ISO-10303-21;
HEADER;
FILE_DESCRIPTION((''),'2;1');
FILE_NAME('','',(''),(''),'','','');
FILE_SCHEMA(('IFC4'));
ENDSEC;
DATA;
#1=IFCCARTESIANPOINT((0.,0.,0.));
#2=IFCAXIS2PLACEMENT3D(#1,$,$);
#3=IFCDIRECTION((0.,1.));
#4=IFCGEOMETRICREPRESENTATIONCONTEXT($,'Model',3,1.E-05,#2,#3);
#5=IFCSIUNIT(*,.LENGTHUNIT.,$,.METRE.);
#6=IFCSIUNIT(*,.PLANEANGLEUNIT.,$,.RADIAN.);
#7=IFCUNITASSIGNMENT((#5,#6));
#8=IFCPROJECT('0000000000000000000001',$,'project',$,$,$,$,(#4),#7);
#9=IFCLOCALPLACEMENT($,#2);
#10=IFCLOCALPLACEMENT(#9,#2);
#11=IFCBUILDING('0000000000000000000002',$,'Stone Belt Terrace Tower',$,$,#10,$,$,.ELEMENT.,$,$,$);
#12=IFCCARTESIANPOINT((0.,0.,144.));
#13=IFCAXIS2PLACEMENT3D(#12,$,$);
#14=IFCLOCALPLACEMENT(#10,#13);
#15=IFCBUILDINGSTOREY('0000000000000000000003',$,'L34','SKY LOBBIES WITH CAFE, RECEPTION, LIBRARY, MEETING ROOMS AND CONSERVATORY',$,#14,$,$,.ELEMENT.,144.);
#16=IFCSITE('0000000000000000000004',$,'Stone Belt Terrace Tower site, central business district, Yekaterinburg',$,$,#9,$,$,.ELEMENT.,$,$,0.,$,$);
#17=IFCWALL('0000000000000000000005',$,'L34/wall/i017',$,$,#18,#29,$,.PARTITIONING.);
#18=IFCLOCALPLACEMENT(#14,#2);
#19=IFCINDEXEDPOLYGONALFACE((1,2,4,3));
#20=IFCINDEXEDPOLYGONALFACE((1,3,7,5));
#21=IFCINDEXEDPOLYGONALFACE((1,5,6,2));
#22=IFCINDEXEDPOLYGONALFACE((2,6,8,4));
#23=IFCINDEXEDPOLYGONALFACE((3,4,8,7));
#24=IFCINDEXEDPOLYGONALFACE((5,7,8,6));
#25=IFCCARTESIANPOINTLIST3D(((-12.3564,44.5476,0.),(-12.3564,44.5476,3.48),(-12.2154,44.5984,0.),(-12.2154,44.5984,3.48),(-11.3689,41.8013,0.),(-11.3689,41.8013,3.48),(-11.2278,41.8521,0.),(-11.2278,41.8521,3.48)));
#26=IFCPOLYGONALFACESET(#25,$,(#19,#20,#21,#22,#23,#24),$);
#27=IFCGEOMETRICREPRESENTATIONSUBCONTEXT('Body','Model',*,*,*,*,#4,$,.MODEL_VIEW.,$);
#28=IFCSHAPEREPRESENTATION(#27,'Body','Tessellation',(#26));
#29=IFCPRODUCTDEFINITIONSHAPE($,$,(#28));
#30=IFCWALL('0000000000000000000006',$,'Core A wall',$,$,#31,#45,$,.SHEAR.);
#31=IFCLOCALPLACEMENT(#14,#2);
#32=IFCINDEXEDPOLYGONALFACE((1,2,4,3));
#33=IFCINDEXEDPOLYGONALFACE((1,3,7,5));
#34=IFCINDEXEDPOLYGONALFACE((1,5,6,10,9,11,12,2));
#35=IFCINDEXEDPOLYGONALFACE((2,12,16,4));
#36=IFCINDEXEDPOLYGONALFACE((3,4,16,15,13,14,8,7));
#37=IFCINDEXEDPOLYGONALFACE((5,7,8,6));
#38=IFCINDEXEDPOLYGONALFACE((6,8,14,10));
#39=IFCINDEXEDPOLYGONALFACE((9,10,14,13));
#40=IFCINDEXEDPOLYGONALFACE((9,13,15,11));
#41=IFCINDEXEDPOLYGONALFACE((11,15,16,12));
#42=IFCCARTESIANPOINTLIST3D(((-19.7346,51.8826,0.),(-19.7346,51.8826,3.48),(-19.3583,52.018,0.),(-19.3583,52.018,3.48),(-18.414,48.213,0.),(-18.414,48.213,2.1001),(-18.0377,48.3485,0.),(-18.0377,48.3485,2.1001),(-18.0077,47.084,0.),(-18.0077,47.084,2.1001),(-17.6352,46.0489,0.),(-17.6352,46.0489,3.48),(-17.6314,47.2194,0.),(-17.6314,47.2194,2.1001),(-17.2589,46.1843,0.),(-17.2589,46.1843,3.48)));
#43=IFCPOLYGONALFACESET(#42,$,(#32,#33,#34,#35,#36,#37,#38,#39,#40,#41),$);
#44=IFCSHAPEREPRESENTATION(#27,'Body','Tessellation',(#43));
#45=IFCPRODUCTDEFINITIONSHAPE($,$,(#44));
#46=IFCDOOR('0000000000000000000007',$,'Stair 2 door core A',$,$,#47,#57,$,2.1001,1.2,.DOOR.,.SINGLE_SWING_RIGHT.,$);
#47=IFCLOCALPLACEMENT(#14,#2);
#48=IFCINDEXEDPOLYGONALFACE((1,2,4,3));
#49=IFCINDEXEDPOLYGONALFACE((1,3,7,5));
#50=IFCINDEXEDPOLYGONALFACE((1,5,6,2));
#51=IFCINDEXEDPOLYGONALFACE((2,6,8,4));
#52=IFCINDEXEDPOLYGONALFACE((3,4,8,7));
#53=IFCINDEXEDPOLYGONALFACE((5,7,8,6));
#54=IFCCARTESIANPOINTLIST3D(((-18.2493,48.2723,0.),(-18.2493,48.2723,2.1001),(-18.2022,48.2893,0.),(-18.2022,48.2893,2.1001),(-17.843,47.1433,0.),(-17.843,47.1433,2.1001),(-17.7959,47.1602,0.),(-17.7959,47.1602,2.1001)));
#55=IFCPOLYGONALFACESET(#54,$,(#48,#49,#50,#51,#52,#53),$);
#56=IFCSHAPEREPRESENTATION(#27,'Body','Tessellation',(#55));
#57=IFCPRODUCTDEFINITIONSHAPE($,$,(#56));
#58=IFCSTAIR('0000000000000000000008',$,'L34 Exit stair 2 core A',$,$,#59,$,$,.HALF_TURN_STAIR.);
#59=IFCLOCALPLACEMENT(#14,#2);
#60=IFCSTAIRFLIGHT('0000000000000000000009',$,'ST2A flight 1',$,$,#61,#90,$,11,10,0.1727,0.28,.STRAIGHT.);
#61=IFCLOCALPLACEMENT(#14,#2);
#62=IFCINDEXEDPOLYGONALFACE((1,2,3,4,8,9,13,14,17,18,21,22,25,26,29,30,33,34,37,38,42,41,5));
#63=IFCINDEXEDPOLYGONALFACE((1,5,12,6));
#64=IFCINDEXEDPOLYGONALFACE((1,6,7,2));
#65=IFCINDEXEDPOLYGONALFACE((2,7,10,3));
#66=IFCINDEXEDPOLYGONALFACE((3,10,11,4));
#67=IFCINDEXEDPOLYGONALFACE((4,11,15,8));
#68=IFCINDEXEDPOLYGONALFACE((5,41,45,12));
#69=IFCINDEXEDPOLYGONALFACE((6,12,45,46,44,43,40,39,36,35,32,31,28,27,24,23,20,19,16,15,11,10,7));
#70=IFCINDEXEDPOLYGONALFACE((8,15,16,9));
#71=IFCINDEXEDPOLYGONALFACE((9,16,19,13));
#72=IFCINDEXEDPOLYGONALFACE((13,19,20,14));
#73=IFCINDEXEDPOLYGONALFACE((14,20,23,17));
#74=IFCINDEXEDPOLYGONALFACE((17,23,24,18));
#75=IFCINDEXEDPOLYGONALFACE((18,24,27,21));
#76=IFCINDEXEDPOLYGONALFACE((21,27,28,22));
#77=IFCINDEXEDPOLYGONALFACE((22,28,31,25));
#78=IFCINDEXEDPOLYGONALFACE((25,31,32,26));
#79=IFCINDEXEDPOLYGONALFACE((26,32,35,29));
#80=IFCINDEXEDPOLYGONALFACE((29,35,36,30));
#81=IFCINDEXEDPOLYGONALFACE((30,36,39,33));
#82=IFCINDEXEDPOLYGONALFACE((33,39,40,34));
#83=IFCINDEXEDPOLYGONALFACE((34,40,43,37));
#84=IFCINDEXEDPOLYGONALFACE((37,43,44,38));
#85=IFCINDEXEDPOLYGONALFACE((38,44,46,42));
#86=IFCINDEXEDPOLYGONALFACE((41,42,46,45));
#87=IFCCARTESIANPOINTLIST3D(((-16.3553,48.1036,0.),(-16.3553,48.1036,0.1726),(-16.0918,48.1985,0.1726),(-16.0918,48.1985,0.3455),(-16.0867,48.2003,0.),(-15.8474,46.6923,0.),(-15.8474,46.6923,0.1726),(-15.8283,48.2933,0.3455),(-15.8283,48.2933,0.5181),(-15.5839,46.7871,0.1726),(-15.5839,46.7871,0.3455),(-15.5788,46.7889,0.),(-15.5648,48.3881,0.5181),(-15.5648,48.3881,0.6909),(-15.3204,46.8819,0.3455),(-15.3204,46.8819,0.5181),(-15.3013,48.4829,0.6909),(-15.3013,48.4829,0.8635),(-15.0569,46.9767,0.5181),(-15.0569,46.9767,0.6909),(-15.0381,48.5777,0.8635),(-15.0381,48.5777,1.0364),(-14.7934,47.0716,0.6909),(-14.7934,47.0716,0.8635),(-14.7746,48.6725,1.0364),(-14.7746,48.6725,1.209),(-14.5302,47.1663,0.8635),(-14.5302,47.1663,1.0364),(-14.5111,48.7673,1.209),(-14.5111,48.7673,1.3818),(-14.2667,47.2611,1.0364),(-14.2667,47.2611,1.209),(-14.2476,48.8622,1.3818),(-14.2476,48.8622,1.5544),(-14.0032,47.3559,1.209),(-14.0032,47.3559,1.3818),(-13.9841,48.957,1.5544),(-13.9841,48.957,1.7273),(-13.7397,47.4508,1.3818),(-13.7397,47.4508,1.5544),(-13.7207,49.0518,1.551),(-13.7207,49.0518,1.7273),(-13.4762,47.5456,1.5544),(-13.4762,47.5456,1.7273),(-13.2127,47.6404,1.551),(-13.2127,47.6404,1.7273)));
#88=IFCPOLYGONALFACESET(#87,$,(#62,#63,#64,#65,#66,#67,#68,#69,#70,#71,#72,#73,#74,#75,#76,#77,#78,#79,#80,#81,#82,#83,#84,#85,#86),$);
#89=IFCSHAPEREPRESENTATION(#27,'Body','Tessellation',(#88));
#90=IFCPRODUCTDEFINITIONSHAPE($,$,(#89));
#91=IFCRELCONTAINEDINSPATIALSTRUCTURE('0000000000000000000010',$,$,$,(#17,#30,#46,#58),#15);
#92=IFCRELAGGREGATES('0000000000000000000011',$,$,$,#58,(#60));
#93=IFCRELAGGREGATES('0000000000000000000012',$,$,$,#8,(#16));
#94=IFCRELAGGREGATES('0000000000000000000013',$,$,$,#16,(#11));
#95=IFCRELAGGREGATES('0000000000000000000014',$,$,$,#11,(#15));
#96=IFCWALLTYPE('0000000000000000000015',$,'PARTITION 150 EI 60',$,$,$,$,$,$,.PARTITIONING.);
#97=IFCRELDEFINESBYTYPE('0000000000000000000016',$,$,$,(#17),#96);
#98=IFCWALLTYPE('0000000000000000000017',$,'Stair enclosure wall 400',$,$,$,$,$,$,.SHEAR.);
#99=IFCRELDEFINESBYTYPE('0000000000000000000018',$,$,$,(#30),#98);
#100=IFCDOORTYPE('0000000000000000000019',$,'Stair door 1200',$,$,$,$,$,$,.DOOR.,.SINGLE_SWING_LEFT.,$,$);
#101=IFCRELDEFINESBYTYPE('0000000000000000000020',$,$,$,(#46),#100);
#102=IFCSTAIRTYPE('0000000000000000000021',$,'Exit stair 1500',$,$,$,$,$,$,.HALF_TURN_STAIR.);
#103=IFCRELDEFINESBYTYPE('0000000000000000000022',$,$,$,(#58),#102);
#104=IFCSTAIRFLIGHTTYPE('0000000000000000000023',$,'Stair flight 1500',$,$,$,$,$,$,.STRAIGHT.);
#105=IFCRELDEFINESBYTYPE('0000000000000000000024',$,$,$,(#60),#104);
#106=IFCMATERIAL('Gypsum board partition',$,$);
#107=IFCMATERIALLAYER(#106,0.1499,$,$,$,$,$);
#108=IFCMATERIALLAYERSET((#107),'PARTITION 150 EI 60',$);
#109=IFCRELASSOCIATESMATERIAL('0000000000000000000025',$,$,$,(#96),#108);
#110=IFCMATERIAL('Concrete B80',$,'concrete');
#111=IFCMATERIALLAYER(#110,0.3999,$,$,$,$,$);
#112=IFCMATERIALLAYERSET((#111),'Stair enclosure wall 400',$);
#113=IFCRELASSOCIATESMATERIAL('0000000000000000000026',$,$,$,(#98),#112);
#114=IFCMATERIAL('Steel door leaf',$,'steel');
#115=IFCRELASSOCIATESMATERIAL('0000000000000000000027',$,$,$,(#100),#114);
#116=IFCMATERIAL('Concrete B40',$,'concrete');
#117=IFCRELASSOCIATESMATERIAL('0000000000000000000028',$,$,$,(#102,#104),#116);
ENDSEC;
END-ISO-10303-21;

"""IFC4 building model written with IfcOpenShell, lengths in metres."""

from ifc_helpers import new_model, si_unit, direction, frame, frame_2d, origin, place, context, subcontext, project, spatial, polyline, rectangle, outline, extrude, material, layer, layer_set, type_object, element, fill, aggregate, save


model = new_model("IFC4")

# Units and contexts
model_context = context("Model", 3, precision=1e-05, world=origin(), true_north=direction((0.0, 1.0)))
body_context = subcontext(model_context, "Body", "Model", "MODEL_VIEW")
ifc_project = project(units=[si_unit("LENGTHUNIT", "METRE"), si_unit("PLANEANGLEUNIT", "RADIAN")], contexts=[model_context])

# Site, building, storey
site_placement = place(None, origin())
site = spatial("IfcSite", under=ifc_project, at=site_placement, Name="Stone Belt Terrace Tower site, central business district, Yekaterinburg", CompositionType="ELEMENT", RefElevation=0.0)
building_placement = place(site_placement, origin())
building = spatial("IfcBuilding", under=site, at=building_placement, Name="Stone Belt Terrace Tower", CompositionType="ELEMENT")
storey_placement = place(building_placement, frame((0.0, 0.0, 144.0)))
storey = spatial("IfcBuildingStorey", under=building, at=storey_placement, Name="L34", Description="SKY LOBBIES WITH CAFE, RECEPTION, LIBRARY, MEETING ROOMS AND CONSERVATORY", CompositionType="ELEMENT", Elevation=144.0)

# Shared definitions
ifc_material_1 = material(Name="Concrete B80", Category="concrete")

# Shared definitions
ifc_material_2 = material(Name="Gypsum board partition")
ifc_layer_1 = layer(ifc_material_2, 0.1499)
ifc_layer_set_1 = layer_set([ifc_layer_1], Name="PARTITION 150 EI 60")
wall_type_1 = type_object("IfcWallType", Name="PARTITION 150 EI 60", PredefinedType="PARTITIONING", material=ifc_layer_set_1)

# Wall
wall_1_placement = place(storey_placement, frame((-12.2859, 44.573, 0.0), z_axis=(0.0, 0.0, 1.0), x_axis=(0.338376, -0.941011, 0.0)))
element("IfcWall", 1, at=wall_1_placement, inside=storey, type_object=wall_type_1, Name="L34/wall/i017", PredefinedType="PARTITIONING", context=body_context, shape_type="SweptSolid", body=[
    extrude(rectangle(XDim=2.9185, YDim=0.1499, at=frame_2d((1.4592, 0.0))), origin(), (0.0, 0.0, 1.0), 3.48),
])

# Wall, opening, door
ifc_layer_2 = layer(ifc_material_1, 0.3999)
ifc_layer_set_2 = layer_set([ifc_layer_2], Name="Stair enclosure wall 400")
wall_type_2 = type_object("IfcWallType", Name="Stair enclosure wall 400", PredefinedType="SHEAR", material=ifc_layer_set_2)
wall_2_placement = place(storey_placement, frame((-17.447, 46.1165, 0.0), z_axis=(0.0, 0.0, 1.0), x_axis=(-0.338608, 0.940928, 0.0)))
wall_2 = element("IfcWall", 2, at=wall_2_placement, inside=storey, type_object=wall_type_2, Name="Core A wall", PredefinedType="SHEAR", context=body_context, shape_type="SweptSolid", body=[
    extrude(rectangle(XDim=6.2, YDim=0.3999, at=frame_2d((3.1001, 0.0))), origin(), (0.0, 0.0, 1.0), 3.48),
])
opening_1_placement = place(wall_2_placement, frame((1.1001, 0.0, 0.0)))
opening_1 = element("IfcOpeningElement", 3, at=opening_1_placement, cuts=wall_2, PredefinedType="OPENING", context=body_context, shape_type="SweptSolid", body=[
    extrude(rectangle(XDim=1.2, YDim=2.1001, at=frame_2d((0.6001, 1.05))), frame((0.0, 0.21, 0.0), z_axis=(0.0, -1.0, 0.0), x_axis=(1.0, 0.0, 0.0)), (0.0, 0.0, 1.0), 0.4199),
])
ifc_material_3 = material(Name="Steel door leaf", Category="steel")
door_type_1 = type_object("IfcDoorType", Name="Stair door 1200", OperationType="SINGLE_SWING_LEFT", PredefinedType="DOOR", material=ifc_material_3)
door_1_placement = place(opening_1_placement, origin())
door_1 = element("IfcDoor", 4, at=door_1_placement, inside=storey, type_object=door_type_1, Name="Stair 2 door core A", OperationType="SINGLE_SWING_RIGHT", OverallHeight=2.1001, OverallWidth=1.2, PredefinedType="DOOR", context=body_context, shape_type="SweptSolid", body=[
    extrude(rectangle(XDim=1.2, YDim=2.1001, at=frame_2d((0.6001, 1.05))), frame((0.0, 0.0249, 0.0), z_axis=(0.0, -1.0, 0.0), x_axis=(1.0, 0.0, 0.0)), (0.0, 0.0, 1.0), 0.05),
])
fill(opening_1, door_1)

# Stair, stair flight
ifc_material_4 = material(Name="Concrete B40", Category="concrete")
stair_type = type_object("IfcStairType", Name="Exit stair 1500", PredefinedType="HALF_TURN_STAIR", material=ifc_material_4)
stair_placement = place(storey_placement, origin())
stair = element("IfcStair", 5, at=stair_placement, inside=storey, type_object=stair_type, Name="L34 Exit stair 2 core A", PredefinedType="HALF_TURN_STAIR")
stair_flight_type = type_object("IfcStairFlightType", Name="Stair flight 1500", PredefinedType="STRAIGHT", material=ifc_material_4)
stair_flight_placement = place(storey_placement, frame((-16.1013, 47.3979, 0.0), z_axis=(0.0, 0.0, 1.0), x_axis=(0.940922, 0.338624, 0.0)))
stair_flight = element("IfcStairFlight", 6, at=stair_flight_placement, type_object=stair_flight_type, Name="ST2A flight 1", NumberOfRisers=11, NumberOfTreads=10, PredefinedType="STRAIGHT", RiserHeight=0.1727, TreadLength=0.28, context=body_context, shape_type="SweptSolid", body=[
    extrude(outline(polyline([(0.0, 0.0), (0.0, 0.1726), (0.28, 0.1726), (0.28, 0.3455), (0.5601, 0.3455), (0.5601, 0.5181), (0.8401, 0.5181), (0.8401, 0.6909), (1.1201, 0.6909), (1.1201, 0.8635), (1.3999, 0.8635), (1.3999, 1.0364), (1.6799, 1.0364), (1.6799, 1.209), (1.96, 1.209), (1.96, 1.3818), (2.24, 1.3818), (2.24, 1.5544), (2.52, 1.5544), (2.52, 1.7273), (2.8, 1.7273), (2.8, 1.8999), (2.8, 1.551), (0.2854, 0.0), (0.0, 0.0)])), frame((0.0, 0.75, 0.0), z_axis=(0.0, -1.0, 0.0), x_axis=(1.0, 0.0, 0.0)), (0.0, 0.0, 1.0), 1.5),
])
aggregate(stair, [stair_flight])

save(model, "model.ifc")
